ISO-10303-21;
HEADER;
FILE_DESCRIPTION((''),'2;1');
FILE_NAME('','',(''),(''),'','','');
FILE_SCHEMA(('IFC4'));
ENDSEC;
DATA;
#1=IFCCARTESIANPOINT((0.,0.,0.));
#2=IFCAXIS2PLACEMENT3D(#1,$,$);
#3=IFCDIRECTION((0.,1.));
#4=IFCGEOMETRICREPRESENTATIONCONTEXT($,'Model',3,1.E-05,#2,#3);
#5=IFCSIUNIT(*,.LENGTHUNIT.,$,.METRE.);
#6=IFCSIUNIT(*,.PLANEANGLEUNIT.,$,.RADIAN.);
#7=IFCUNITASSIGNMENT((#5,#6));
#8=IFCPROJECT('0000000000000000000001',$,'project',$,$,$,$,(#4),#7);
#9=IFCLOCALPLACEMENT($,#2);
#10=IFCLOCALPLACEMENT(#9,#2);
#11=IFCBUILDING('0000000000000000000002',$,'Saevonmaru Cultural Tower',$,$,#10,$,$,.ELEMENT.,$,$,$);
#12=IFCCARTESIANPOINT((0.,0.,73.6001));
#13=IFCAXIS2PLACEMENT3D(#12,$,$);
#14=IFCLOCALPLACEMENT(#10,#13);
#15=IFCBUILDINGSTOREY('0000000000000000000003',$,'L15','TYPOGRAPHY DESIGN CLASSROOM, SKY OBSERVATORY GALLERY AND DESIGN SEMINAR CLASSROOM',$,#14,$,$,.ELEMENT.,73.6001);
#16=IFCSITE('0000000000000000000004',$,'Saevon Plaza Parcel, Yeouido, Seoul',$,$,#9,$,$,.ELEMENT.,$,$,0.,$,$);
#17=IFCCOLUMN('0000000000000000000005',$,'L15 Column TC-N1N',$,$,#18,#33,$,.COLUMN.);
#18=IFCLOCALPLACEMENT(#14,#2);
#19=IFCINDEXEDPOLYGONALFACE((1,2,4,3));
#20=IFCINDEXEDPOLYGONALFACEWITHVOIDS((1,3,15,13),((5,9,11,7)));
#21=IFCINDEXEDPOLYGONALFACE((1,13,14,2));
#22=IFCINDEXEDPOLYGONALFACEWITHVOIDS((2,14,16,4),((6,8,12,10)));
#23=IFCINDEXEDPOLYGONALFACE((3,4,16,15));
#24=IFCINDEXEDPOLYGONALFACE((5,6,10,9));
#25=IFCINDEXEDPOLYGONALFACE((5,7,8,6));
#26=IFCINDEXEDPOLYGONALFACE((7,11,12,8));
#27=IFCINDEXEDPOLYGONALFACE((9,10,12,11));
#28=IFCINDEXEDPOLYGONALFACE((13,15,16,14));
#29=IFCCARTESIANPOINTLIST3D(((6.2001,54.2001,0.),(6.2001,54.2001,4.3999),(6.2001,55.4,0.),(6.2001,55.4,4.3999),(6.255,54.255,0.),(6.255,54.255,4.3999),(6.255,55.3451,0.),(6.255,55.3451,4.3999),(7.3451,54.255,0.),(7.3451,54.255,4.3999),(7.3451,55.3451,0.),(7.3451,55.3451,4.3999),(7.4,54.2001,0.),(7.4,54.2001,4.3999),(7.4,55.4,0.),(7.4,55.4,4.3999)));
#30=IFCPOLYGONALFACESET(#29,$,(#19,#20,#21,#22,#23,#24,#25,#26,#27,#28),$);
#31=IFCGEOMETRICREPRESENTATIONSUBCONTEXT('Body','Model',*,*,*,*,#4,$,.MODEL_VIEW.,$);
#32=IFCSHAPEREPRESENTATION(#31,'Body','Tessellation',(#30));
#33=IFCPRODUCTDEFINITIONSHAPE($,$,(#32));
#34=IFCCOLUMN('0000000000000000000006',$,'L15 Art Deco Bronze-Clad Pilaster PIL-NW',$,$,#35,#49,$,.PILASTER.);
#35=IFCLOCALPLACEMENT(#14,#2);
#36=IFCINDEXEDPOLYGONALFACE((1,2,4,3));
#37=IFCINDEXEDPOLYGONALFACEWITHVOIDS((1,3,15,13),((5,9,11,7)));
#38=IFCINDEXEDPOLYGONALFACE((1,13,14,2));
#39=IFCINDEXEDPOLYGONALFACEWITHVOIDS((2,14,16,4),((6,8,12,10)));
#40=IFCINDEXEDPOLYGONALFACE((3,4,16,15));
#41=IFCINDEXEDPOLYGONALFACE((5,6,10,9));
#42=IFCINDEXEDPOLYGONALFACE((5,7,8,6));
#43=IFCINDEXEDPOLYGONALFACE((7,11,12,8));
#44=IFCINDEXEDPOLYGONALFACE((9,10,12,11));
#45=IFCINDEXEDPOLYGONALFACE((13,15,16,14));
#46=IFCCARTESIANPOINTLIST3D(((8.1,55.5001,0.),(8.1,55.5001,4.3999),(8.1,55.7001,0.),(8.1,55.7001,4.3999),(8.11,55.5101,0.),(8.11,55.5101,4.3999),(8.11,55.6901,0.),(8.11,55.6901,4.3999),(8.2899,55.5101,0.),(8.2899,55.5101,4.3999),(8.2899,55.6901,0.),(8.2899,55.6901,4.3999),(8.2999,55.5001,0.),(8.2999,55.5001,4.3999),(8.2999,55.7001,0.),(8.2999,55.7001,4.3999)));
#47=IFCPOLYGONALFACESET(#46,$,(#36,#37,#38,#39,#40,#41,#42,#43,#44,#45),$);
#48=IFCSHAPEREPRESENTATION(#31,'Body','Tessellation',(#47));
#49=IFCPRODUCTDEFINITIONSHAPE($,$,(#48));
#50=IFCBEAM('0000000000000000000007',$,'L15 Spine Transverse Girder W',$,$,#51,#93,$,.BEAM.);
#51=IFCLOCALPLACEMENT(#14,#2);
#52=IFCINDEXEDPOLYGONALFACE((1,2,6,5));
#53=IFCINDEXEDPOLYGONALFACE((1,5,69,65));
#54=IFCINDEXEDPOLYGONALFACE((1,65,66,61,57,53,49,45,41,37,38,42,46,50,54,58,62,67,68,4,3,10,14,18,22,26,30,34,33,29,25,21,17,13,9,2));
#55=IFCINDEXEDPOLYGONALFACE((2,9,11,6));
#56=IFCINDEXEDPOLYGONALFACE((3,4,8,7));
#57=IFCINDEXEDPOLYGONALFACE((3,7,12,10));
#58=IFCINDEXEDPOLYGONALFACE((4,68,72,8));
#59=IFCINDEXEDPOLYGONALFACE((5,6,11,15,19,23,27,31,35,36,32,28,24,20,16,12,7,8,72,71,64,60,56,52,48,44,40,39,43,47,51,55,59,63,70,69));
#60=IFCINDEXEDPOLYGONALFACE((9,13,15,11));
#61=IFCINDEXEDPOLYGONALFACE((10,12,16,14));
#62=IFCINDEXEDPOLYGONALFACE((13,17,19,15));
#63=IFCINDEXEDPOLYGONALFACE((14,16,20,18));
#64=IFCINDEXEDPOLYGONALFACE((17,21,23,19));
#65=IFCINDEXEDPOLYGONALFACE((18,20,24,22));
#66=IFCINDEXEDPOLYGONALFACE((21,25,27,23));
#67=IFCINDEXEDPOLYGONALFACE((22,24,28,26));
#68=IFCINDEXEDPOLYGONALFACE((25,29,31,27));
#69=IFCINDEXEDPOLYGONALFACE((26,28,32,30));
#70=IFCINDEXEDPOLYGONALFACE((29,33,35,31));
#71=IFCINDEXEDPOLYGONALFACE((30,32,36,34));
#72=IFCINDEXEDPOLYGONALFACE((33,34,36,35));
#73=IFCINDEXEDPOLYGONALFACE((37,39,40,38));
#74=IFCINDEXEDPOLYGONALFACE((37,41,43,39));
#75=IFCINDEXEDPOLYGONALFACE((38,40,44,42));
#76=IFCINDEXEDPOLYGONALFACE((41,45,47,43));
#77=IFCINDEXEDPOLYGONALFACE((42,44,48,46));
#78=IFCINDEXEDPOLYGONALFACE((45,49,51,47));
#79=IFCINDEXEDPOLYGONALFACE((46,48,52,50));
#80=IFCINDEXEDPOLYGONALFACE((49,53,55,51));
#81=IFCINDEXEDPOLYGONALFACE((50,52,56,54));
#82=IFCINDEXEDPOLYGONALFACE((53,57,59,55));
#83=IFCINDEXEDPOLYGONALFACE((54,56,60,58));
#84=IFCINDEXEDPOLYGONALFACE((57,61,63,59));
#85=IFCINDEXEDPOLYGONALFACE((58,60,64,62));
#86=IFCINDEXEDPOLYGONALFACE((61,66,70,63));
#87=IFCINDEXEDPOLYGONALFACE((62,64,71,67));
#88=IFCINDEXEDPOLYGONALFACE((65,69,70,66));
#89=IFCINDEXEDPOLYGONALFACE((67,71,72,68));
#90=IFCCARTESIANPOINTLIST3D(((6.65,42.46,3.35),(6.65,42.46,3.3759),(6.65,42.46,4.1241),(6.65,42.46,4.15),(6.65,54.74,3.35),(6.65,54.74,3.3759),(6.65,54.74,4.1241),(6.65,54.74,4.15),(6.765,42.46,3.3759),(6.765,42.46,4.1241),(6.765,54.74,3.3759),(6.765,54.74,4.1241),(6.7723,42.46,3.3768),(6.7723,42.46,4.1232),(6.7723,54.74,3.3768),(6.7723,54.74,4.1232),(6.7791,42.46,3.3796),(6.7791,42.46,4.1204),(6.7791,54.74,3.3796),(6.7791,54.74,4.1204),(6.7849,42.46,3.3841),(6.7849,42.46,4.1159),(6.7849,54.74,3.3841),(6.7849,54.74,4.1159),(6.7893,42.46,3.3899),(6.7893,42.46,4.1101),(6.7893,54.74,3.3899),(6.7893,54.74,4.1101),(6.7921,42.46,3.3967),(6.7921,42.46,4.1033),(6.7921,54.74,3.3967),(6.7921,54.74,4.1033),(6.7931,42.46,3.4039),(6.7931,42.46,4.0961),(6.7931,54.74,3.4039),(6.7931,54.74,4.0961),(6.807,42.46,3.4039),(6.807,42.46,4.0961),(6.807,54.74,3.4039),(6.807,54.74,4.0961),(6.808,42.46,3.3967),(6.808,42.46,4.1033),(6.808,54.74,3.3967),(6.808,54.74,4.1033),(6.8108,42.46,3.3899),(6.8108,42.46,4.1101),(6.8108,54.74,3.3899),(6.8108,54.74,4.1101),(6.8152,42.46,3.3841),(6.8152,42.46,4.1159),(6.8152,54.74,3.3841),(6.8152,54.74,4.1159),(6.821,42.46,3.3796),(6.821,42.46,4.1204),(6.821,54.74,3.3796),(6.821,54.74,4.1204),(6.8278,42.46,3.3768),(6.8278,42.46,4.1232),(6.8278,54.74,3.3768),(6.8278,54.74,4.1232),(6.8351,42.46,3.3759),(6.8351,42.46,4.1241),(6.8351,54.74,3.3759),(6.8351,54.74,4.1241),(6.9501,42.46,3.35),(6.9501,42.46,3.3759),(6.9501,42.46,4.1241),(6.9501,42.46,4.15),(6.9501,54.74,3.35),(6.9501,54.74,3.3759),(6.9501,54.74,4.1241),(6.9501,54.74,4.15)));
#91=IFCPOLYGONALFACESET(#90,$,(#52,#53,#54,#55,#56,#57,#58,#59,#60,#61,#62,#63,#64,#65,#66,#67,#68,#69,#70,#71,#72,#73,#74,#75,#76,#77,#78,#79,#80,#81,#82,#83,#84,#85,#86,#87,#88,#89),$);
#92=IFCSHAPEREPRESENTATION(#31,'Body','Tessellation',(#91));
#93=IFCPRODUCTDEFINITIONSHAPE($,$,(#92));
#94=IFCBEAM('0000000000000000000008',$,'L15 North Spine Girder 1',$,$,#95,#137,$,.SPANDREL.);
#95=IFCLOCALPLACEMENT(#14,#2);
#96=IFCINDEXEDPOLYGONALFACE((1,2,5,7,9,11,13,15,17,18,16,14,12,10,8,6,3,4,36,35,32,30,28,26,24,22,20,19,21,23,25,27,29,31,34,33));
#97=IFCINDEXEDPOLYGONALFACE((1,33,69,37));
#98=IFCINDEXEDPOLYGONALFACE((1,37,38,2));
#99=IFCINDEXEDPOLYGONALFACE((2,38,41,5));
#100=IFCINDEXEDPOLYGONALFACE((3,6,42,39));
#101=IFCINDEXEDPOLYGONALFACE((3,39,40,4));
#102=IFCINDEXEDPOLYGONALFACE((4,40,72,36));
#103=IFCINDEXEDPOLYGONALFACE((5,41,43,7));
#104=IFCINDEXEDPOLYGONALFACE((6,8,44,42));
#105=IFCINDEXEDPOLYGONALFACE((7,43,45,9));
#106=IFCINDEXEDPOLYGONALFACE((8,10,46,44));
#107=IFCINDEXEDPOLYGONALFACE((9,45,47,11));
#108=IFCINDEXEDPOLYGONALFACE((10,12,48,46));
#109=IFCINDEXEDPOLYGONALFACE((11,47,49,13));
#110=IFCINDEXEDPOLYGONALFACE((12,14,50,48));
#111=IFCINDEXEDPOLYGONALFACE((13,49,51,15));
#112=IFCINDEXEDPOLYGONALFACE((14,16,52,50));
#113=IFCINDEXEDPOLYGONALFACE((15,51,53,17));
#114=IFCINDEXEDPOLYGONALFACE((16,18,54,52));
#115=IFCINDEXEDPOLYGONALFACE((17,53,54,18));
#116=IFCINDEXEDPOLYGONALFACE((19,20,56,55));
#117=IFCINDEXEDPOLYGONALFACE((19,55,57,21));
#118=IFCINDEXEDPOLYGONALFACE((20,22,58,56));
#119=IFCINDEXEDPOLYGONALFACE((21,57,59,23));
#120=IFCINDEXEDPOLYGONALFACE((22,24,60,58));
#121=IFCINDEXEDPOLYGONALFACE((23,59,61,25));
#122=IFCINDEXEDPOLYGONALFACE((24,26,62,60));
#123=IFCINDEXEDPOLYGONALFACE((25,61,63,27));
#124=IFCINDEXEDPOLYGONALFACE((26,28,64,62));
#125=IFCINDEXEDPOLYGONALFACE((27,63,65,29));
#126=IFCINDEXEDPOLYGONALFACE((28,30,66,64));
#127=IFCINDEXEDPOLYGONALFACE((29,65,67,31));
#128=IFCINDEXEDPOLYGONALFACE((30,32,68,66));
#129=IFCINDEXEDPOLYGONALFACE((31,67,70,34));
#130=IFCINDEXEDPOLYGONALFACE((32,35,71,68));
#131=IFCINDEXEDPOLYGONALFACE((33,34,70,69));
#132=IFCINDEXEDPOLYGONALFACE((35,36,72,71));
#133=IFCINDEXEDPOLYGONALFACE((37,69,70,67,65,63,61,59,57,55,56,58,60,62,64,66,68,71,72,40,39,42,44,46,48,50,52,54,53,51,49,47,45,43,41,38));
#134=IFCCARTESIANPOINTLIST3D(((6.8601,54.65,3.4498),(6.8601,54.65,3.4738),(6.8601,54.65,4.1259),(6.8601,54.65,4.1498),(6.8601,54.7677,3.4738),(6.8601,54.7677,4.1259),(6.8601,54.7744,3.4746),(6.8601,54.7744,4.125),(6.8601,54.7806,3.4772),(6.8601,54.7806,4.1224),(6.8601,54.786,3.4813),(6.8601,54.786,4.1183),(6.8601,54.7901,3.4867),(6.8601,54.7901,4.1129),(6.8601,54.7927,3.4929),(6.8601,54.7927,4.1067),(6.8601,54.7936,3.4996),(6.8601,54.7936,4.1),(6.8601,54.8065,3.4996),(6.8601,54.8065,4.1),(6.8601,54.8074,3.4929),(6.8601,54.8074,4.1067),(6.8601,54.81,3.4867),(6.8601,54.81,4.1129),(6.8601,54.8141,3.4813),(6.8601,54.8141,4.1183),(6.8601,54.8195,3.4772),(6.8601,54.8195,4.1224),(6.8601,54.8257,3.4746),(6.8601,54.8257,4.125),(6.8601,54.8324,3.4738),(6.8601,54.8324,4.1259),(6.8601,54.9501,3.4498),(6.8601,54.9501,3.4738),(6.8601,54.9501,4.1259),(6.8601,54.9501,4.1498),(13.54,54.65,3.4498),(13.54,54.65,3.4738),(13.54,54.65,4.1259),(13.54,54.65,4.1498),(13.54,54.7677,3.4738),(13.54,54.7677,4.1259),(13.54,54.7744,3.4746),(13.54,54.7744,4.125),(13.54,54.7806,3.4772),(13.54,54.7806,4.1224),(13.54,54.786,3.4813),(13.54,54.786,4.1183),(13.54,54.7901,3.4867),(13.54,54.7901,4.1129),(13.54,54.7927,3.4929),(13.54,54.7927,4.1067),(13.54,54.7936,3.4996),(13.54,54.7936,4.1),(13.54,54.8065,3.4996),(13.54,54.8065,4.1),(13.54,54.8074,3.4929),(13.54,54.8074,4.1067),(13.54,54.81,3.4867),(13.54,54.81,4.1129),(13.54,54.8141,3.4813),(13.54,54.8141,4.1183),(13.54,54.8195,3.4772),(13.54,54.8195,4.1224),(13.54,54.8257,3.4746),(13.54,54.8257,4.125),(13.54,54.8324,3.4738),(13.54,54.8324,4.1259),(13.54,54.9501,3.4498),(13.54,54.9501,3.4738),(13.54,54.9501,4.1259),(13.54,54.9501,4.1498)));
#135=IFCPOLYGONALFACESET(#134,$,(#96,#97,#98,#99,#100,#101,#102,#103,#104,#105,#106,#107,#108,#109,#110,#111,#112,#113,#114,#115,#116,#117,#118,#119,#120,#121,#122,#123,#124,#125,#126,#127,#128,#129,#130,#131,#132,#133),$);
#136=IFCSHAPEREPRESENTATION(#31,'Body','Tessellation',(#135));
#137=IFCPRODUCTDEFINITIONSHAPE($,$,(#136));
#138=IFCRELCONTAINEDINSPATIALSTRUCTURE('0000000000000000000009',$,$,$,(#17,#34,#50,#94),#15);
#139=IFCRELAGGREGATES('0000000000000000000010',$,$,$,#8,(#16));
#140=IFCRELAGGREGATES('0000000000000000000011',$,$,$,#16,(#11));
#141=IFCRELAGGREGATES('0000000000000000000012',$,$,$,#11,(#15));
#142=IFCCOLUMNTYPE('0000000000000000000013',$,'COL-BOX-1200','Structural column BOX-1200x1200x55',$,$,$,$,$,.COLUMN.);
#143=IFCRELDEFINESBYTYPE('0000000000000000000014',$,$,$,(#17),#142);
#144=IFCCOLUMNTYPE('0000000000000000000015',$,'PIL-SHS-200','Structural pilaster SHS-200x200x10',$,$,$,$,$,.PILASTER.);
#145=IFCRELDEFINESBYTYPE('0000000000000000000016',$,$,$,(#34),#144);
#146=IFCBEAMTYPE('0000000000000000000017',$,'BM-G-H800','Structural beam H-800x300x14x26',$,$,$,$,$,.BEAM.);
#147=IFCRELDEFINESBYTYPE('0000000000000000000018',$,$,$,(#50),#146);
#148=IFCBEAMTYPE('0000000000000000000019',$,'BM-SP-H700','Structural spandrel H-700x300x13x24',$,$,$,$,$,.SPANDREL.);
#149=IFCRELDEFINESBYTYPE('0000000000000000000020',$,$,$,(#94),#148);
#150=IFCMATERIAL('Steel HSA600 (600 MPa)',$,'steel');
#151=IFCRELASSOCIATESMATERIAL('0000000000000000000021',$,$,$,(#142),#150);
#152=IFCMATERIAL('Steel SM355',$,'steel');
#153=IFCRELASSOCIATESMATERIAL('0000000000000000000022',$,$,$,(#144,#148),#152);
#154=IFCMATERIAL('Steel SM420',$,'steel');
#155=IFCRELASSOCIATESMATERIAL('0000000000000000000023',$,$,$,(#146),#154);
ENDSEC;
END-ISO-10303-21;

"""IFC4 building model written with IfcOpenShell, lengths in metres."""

from ifc_helpers import new_model, si_unit, direction, frame, origin, origin_2d, place, context, subcontext, project, spatial, hollow_rectangle, i_section, extrude, material, material_profile, profile_set, type_object, element, save


model = new_model("IFC4")

# Units and contexts
model_context = context("Model", 3, precision=1e-05, world=origin(), true_north=direction((0.0, 1.0)))
body_context = subcontext(model_context, "Body", "Model", "MODEL_VIEW")
ifc_project = project(units=[si_unit("LENGTHUNIT", "METRE"), si_unit("PLANEANGLEUNIT", "RADIAN")], contexts=[model_context])

# Site, building, storey
site_placement = place(None, origin())
site = spatial("IfcSite", under=ifc_project, at=site_placement, Name="Saevon Plaza Parcel, Yeouido, Seoul", CompositionType="ELEMENT", RefElevation=0.0)
building_placement = place(site_placement, origin())
building = spatial("IfcBuilding", under=site, at=building_placement, Name="Saevonmaru Cultural Tower", CompositionType="ELEMENT")
storey_placement = place(building_placement, frame((0.0, 0.0, 73.6001)))
storey = spatial("IfcBuildingStorey", under=building, at=storey_placement, Name="L15", Description="TYPOGRAPHY DESIGN CLASSROOM, SKY OBSERVATORY GALLERY AND DESIGN SEMINAR CLASSROOM", CompositionType="ELEMENT", Elevation=73.6001)

# Columns
ifc_material_1 = material(Name="Steel HSA600 (600 MPa)", Category="steel")
ifc_material_profile_1 = material_profile(ifc_material_1, hollow_rectangle(XDim=1.2, YDim=1.2, WallThickness=0.0549, at=origin_2d()), Name="BOX-1200x1200x55")
ifc_profile_set_1 = profile_set([ifc_material_profile_1], Name="Steel HSA600 (600 MPa)")
column_type_1 = type_object("IfcColumnType", Name="COL-BOX-1200", Description="Structural column BOX-1200x1200x55", PredefinedType="COLUMN", material=ifc_profile_set_1)
column_1_placement = place(storey_placement, frame((6.8, 54.8, 0.0), z_axis=(0.0, 0.0, 1.0), x_axis=(1.0, 0.0, 0.0)))
element("IfcColumn", 1, at=column_1_placement, inside=storey, type_object=column_type_1, Name="L15 Column TC-N1N", PredefinedType="COLUMN", context=body_context, shape_type="SweptSolid", body=[
    extrude(hollow_rectangle(XDim=1.2, YDim=1.2, WallThickness=0.0549, at=origin_2d()), origin(), (0.0, 0.0, 1.0), 4.3999),
])
ifc_material_2 = material(Name="Steel SM355", Category="steel")
ifc_material_profile_2 = material_profile(ifc_material_2, hollow_rectangle(XDim=0.2, YDim=0.2, WallThickness=0.01, at=origin_2d()), Name="SHS-200x200x10")
ifc_profile_set_2 = profile_set([ifc_material_profile_2], Name="Steel SM355")
column_type_2 = type_object("IfcColumnType", Name="PIL-SHS-200", Description="Structural pilaster SHS-200x200x10", PredefinedType="PILASTER", material=ifc_profile_set_2)
column_2_placement = place(storey_placement, frame((8.2, 55.6001, 0.0), z_axis=(0.0, 0.0, 1.0), x_axis=(1.0, 0.0, 0.0)))
element("IfcColumn", 2, at=column_2_placement, inside=storey, type_object=column_type_2, Name="L15 Art Deco Bronze-Clad Pilaster PIL-NW", PredefinedType="PILASTER", context=body_context, shape_type="SweptSolid", body=[
    extrude(hollow_rectangle(XDim=0.2, YDim=0.2, WallThickness=0.01, at=origin_2d()), origin(), (0.0, 0.0, 1.0), 4.3999),
])

# Beams
ifc_material_3 = material(Name="Steel SM420", Category="steel")
ifc_material_profile_3 = material_profile(ifc_material_3, i_section(OverallWidth=0.3, OverallDepth=0.8, WebThickness=0.0139, FlangeThickness=0.0259, FilletRadius=0.0281, at=origin_2d()), Name="H-800x300x14x26")
ifc_profile_set_3 = profile_set([ifc_material_profile_3], Name="Steel SM420")
beam_type_1 = type_object("IfcBeamType", Name="BM-G-H800", Description="Structural beam H-800x300x14x26", PredefinedType="BEAM", material=ifc_profile_set_3)
beam_1_placement = place(storey_placement, frame((6.8, 54.74, 3.75), z_axis=(0.0, -1.0, 0.0), x_axis=(1.0, 0.0, 0.0)))
element("IfcBeam", 3, at=beam_1_placement, inside=storey, type_object=beam_type_1, Name="L15 Spine Transverse Girder W", PredefinedType="BEAM", context=body_context, shape_type="SweptSolid", body=[
    extrude(i_section(OverallWidth=0.3, OverallDepth=0.8, WebThickness=0.0139, FlangeThickness=0.0259, FilletRadius=0.0281, at=origin_2d()), origin(), (0.0, 0.0, 1.0), 12.28),
])
ifc_material_profile_4 = material_profile(ifc_material_2, i_section(OverallWidth=0.3, OverallDepth=0.7, WebThickness=0.0129, FlangeThickness=0.0239, FilletRadius=0.0259, at=origin_2d()), Name="H-700x300x13x24")
ifc_profile_set_4 = profile_set([ifc_material_profile_4], Name="Steel SM355")
beam_type_2 = type_object("IfcBeamType", Name="BM-SP-H700", Description="Structural spandrel H-700x300x13x24", PredefinedType="SPANDREL", material=ifc_profile_set_4)
beam_2_placement = place(storey_placement, frame((6.8601, 54.8, 3.7998), z_axis=(1.0, 0.0, 0.0), x_axis=(0.0, 1.0, 0.0)))
element("IfcBeam", 4, at=beam_2_placement, inside=storey, type_object=beam_type_2, Name="L15 North Spine Girder 1", PredefinedType="SPANDREL", context=body_context, shape_type="SweptSolid", body=[
    extrude(i_section(OverallWidth=0.3, OverallDepth=0.7, WebThickness=0.0129, FlangeThickness=0.0239, FilletRadius=0.0259, at=origin_2d()), origin(), (0.0, 0.0, 1.0), 6.6799),
])

save(model, "model.ifc")
